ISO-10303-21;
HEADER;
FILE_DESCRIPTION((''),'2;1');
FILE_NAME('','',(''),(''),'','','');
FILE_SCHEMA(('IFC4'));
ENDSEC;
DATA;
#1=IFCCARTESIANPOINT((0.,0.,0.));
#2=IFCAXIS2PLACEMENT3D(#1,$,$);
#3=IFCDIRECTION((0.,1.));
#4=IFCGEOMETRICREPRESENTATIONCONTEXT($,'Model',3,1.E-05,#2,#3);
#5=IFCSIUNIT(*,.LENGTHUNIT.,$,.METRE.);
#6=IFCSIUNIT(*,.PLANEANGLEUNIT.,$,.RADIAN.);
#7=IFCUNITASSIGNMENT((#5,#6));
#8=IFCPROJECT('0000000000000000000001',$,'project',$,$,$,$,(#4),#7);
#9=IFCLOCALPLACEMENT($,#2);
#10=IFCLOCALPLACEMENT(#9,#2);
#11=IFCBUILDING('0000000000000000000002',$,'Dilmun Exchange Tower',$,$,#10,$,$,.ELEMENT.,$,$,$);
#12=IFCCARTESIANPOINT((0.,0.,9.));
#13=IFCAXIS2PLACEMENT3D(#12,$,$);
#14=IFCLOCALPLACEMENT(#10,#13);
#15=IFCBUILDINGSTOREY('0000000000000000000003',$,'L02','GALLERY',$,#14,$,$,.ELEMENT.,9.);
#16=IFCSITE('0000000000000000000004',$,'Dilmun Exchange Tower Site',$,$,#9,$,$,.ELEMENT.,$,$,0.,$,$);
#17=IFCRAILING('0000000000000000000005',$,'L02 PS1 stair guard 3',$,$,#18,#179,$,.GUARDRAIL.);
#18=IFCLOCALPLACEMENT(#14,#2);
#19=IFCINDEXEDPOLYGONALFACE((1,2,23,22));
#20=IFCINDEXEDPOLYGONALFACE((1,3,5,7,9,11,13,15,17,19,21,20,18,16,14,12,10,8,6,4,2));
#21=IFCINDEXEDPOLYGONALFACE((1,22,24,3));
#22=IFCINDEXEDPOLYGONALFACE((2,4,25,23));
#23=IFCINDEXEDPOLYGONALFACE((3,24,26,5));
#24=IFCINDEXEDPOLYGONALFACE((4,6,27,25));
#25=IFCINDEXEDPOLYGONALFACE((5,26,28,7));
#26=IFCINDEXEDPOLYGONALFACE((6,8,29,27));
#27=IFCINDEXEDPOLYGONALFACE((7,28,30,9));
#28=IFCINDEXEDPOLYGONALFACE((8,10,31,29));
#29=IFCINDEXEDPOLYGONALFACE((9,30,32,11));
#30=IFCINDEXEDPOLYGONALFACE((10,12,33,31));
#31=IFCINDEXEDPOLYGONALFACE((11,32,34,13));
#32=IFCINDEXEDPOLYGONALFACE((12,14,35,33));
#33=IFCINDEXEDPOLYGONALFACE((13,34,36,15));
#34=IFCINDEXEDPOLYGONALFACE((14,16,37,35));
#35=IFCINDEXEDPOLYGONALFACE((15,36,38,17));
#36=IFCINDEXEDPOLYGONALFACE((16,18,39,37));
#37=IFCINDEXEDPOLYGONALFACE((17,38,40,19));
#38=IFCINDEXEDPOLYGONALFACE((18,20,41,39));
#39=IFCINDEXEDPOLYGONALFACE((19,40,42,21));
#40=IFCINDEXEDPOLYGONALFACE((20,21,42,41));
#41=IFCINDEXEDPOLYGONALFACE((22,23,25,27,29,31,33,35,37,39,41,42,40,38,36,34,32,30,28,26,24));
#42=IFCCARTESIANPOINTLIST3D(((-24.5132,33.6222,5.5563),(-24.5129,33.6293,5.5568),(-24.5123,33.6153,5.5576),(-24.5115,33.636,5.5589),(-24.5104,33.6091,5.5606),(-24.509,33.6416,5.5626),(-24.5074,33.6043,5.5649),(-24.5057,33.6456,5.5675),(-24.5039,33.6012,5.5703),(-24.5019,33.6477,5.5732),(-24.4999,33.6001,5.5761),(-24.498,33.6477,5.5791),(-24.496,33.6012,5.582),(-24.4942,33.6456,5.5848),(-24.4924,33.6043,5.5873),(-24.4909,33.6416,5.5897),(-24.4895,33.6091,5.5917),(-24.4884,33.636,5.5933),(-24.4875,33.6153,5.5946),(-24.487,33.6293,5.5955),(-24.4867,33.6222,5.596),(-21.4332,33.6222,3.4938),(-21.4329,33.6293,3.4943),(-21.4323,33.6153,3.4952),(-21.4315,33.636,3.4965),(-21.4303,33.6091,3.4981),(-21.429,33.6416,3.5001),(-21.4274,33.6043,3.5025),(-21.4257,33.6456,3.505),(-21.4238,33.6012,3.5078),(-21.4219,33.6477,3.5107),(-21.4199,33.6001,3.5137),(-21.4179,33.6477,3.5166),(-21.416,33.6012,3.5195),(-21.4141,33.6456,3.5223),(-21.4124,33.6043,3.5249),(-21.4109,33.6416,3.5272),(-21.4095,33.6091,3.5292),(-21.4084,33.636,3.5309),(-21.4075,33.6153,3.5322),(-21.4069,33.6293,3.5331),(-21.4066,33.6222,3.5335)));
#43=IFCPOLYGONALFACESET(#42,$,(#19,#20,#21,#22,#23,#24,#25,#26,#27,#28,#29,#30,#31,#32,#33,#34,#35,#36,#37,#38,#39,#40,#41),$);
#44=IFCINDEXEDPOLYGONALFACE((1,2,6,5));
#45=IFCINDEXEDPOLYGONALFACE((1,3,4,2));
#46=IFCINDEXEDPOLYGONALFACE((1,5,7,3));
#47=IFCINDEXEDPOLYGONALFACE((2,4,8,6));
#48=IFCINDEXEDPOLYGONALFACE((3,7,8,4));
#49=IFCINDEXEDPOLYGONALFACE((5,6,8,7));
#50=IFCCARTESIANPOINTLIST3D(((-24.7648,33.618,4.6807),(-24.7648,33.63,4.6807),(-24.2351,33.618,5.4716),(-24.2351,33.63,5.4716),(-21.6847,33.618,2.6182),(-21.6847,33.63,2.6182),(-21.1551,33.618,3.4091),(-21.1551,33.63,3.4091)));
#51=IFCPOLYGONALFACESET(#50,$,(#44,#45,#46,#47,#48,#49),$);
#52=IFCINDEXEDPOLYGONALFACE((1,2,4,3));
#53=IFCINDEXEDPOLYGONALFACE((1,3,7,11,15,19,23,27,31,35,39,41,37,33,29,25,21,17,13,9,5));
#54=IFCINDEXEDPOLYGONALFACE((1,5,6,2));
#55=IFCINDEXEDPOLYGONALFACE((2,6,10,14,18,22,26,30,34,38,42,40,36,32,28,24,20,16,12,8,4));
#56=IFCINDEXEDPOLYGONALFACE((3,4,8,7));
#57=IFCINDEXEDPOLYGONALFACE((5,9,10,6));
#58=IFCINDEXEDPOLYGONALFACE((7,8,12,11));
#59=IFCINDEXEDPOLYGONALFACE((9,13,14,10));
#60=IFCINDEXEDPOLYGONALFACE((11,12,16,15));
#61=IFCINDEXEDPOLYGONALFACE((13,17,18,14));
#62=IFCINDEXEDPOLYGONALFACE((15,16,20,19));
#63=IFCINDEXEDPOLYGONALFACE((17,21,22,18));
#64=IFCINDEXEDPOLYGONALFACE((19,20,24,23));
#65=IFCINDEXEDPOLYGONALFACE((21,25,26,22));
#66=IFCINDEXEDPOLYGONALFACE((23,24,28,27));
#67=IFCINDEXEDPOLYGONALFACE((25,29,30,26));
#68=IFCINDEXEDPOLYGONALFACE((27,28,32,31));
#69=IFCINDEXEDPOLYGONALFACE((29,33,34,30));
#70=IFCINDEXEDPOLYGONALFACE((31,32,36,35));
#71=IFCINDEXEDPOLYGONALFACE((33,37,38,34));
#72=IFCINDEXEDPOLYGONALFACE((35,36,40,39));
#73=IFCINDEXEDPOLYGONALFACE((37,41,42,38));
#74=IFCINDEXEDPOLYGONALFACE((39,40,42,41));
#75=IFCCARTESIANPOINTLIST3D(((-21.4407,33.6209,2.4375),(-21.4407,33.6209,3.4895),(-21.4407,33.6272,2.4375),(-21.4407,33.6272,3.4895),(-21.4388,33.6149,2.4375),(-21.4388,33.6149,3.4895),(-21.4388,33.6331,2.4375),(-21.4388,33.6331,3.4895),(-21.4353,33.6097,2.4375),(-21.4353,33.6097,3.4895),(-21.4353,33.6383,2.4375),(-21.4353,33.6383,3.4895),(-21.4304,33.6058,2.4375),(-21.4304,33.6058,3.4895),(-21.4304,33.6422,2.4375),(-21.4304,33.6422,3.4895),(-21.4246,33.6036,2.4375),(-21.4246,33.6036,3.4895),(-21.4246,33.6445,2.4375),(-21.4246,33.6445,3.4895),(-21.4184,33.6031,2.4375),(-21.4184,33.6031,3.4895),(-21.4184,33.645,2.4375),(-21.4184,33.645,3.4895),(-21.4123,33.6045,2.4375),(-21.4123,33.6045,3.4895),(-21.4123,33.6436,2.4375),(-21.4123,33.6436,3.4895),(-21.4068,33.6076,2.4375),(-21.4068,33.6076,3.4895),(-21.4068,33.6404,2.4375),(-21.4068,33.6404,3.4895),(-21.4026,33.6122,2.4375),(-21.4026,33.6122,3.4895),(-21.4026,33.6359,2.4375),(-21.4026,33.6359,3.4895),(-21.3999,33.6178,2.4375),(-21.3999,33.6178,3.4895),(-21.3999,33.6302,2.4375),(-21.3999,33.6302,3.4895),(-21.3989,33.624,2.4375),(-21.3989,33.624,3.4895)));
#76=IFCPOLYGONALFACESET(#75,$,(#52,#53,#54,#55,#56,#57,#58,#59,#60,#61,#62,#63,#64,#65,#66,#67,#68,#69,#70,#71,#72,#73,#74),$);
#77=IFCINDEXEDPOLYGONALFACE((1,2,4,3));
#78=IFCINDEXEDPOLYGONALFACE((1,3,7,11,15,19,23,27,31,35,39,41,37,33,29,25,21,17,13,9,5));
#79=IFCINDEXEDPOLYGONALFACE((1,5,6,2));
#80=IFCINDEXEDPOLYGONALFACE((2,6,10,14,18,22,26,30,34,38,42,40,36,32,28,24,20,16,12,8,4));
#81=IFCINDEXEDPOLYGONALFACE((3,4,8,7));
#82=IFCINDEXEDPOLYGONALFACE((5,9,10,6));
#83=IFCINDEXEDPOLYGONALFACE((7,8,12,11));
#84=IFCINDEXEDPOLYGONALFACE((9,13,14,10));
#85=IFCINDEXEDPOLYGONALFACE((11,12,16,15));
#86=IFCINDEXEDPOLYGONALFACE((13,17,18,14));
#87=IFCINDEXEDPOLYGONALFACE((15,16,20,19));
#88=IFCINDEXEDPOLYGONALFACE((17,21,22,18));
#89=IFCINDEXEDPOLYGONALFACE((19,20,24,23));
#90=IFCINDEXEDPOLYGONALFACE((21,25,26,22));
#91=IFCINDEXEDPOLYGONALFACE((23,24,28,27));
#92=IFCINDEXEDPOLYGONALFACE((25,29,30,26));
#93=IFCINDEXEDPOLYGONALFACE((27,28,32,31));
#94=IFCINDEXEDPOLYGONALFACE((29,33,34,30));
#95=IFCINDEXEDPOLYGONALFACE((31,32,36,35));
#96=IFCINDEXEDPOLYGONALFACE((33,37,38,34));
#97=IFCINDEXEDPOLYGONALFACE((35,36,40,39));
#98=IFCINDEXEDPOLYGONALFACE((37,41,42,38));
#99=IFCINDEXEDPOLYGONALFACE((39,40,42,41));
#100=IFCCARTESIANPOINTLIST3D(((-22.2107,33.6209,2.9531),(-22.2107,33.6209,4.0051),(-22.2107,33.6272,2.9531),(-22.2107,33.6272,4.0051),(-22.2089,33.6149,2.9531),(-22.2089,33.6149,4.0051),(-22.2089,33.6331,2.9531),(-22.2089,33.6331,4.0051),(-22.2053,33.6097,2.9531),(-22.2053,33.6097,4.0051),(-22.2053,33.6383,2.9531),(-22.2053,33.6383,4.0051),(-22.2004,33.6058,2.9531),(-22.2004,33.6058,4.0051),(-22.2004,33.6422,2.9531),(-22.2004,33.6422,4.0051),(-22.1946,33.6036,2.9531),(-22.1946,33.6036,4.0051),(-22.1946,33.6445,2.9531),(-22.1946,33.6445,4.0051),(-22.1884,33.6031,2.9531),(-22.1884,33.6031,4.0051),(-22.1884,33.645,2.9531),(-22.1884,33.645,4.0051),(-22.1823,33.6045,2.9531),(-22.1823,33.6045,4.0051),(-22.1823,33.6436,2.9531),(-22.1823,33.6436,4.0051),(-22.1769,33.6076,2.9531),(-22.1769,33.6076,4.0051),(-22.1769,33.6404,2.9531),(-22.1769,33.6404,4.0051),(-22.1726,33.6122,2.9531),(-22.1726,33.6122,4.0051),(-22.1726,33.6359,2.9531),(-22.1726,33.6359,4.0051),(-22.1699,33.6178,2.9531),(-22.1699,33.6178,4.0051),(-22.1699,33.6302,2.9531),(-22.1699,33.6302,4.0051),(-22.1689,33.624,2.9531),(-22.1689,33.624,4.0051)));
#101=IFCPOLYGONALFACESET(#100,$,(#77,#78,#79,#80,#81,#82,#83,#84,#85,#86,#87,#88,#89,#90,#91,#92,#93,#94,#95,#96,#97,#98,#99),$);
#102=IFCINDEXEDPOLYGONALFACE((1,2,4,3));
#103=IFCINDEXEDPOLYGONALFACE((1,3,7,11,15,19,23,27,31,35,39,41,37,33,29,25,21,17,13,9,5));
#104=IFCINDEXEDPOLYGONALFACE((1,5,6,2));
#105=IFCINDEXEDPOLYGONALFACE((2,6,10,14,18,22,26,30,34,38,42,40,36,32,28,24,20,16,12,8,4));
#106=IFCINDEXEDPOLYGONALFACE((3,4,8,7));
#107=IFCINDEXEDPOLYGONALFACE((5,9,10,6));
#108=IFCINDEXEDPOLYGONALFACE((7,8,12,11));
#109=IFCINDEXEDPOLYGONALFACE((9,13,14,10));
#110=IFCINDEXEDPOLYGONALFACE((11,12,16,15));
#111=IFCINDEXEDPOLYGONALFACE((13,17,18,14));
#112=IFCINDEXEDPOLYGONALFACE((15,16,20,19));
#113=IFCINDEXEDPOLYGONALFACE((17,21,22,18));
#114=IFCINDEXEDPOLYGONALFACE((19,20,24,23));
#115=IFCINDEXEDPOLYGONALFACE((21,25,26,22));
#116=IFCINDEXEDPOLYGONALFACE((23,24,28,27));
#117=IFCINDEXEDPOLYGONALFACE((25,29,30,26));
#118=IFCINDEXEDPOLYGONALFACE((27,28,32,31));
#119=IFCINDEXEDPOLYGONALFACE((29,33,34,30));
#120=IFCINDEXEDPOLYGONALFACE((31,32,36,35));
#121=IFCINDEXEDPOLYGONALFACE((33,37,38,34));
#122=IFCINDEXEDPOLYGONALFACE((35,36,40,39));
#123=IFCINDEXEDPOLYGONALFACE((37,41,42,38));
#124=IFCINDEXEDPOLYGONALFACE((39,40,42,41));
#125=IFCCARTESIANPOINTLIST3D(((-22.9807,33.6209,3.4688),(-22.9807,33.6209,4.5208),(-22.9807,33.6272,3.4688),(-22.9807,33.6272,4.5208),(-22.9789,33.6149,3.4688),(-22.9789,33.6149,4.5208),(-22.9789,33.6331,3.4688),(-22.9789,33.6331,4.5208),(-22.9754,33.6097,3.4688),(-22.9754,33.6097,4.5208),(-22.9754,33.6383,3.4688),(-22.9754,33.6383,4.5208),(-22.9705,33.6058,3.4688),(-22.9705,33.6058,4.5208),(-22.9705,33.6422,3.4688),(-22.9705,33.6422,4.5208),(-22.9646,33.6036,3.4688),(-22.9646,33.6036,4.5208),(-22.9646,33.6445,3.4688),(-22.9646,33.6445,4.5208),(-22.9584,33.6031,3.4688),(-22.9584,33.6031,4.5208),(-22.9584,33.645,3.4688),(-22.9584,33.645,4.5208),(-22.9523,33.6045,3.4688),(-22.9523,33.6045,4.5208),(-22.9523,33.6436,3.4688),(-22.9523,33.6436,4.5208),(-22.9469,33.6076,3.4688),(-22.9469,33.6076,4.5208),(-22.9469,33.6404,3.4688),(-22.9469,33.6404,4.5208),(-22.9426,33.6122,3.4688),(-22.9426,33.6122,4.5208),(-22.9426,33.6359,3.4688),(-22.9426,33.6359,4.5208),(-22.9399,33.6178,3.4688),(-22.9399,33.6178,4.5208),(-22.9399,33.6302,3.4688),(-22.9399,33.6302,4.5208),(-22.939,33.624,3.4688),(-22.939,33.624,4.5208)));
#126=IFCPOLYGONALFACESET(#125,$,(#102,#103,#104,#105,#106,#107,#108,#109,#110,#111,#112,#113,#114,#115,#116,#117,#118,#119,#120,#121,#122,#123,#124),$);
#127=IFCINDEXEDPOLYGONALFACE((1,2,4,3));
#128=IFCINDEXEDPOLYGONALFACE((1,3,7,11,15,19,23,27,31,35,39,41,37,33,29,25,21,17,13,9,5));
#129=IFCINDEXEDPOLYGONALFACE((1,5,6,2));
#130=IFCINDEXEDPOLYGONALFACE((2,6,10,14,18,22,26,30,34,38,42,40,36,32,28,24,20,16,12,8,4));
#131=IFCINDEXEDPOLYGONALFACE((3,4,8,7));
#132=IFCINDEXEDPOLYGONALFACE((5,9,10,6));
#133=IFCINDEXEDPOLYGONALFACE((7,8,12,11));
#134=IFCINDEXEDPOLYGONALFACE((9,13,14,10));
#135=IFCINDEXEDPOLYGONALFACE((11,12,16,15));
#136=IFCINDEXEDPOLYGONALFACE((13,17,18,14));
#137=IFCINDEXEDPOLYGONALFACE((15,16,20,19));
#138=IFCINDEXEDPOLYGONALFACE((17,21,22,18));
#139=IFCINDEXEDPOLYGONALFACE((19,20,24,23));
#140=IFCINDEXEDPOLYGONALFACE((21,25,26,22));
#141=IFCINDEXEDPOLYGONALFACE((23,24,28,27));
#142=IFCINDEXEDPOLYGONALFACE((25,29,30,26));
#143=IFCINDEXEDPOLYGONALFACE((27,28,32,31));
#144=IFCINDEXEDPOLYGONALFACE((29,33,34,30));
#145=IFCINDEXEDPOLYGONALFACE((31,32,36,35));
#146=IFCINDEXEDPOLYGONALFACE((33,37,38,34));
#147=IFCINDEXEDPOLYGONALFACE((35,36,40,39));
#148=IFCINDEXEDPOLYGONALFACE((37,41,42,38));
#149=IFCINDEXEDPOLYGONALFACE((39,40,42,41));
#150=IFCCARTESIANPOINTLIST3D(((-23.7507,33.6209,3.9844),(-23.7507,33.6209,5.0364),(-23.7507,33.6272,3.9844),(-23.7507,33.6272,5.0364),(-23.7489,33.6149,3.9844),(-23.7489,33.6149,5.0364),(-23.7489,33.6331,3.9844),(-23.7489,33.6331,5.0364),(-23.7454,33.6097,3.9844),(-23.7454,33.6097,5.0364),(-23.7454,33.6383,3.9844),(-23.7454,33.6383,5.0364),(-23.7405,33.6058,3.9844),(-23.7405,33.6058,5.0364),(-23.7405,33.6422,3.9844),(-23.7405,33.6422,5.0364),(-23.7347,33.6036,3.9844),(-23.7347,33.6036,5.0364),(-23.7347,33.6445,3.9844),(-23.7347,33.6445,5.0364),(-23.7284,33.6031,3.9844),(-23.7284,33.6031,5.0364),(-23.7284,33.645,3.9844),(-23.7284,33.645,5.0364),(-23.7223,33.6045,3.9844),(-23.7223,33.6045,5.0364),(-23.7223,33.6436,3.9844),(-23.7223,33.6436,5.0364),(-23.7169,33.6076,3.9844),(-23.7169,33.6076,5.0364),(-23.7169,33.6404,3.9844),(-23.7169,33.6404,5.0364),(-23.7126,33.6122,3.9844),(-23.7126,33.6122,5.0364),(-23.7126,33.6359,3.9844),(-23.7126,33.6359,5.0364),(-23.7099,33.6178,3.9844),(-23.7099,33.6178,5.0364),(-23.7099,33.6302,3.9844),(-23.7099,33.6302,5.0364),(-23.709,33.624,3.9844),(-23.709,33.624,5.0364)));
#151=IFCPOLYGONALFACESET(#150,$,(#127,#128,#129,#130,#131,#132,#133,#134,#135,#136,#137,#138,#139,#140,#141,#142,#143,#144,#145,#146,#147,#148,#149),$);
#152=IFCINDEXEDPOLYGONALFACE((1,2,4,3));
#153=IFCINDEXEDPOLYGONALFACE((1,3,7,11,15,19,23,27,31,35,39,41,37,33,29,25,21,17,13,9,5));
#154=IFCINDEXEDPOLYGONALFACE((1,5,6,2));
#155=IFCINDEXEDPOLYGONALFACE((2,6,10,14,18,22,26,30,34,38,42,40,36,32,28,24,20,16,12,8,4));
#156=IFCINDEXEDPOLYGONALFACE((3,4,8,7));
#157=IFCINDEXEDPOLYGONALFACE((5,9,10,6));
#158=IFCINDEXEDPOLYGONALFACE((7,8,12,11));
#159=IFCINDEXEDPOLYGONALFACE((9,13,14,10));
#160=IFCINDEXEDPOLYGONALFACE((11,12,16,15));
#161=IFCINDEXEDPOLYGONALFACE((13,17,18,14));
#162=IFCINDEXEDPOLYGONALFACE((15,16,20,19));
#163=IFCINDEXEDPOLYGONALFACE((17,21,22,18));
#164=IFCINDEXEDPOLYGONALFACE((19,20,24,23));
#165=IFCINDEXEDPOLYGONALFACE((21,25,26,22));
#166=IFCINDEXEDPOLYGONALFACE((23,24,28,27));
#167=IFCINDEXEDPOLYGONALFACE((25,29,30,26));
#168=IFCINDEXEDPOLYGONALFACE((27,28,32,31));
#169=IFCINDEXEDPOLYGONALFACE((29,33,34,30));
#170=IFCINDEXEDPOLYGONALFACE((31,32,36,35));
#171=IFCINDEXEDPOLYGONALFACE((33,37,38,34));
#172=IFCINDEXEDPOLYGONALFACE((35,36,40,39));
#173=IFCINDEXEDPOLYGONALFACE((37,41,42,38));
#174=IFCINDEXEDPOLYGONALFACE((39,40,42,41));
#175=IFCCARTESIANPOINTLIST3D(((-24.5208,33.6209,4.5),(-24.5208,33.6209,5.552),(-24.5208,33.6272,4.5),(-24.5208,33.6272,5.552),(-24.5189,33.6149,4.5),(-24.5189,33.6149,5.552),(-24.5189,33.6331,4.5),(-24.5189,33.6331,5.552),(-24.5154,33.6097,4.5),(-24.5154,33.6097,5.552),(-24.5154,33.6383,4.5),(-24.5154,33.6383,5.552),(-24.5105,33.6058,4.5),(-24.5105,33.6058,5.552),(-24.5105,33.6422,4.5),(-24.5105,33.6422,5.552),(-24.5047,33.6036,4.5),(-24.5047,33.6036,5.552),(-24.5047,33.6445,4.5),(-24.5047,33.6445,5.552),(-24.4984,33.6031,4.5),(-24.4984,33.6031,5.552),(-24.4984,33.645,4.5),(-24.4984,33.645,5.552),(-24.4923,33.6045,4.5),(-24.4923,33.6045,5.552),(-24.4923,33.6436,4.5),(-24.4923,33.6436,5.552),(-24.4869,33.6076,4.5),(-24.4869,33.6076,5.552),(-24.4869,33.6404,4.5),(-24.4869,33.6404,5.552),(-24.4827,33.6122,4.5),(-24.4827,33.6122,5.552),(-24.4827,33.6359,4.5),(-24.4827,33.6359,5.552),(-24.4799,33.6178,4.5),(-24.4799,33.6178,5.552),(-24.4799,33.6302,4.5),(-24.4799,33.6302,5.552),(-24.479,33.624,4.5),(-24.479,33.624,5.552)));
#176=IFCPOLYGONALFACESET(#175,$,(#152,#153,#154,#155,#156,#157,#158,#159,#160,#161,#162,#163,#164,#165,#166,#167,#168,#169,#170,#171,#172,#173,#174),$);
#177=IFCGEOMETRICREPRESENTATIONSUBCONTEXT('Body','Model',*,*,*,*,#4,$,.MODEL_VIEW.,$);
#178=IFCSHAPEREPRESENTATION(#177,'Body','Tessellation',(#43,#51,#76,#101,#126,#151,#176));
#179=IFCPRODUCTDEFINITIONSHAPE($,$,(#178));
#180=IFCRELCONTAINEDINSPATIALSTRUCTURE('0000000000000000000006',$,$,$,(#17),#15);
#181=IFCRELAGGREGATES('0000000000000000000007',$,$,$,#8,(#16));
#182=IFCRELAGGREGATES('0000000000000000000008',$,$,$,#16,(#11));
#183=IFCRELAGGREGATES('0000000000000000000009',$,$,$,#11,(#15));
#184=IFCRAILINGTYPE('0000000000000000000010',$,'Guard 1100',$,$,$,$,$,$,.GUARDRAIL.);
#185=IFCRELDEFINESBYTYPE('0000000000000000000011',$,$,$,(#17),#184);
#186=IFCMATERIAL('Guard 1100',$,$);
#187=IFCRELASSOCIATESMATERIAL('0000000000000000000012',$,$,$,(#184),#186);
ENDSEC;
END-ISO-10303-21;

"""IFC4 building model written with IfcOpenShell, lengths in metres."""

from ifc_helpers import new_model, si_unit, direction, frame, origin, origin_2d, place, context, subcontext, project, spatial, rectangle, circle, extrude, material, type_object, element, save


model = new_model("IFC4")

# Units and contexts
model_context = context("Model", 3, precision=1e-05, world=origin(), true_north=direction((0.0, 1.0)))
body_context = subcontext(model_context, "Body", "Model", "MODEL_VIEW")
ifc_project = project(units=[si_unit("LENGTHUNIT", "METRE"), si_unit("PLANEANGLEUNIT", "RADIAN")], contexts=[model_context])

# Site, building, storey
site_placement = place(None, origin())
site = spatial("IfcSite", under=ifc_project, at=site_placement, Name="Dilmun Exchange Tower Site", CompositionType="ELEMENT", RefElevation=0.0)
building_placement = place(site_placement, origin())
building = spatial("IfcBuilding", under=site, at=building_placement, Name="Dilmun Exchange Tower", CompositionType="ELEMENT")
storey_placement = place(building_placement, frame((0.0, 0.0, 9.0)))
storey = spatial("IfcBuildingStorey", under=building, at=storey_placement, Name="L02", Description="GALLERY", CompositionType="ELEMENT", Elevation=9.0)

# Railing
ifc_material_1 = material(Name="Guard 1100")
railing_type_1 = type_object("IfcRailingType", Name="Guard 1100", PredefinedType="GUARDRAIL", material=ifc_material_1)
railing_1_placement = place(storey_placement, frame((-21.4199, 33.624, 2.4375)))
element("IfcRailing", 1, at=railing_1_placement, inside=storey, type_object=railing_type_1, Name="L02 PS1 stair guard 3", PredefinedType="GUARDRAIL", context=body_context, shape_type="SweptSolid", body=[
    extrude(circle(Radius=0.0239, at=origin_2d()), frame((0.0, 0.0, 1.0762), z_axis=(-0.830914, 0.0, 0.556401), x_axis=(0.0, -1.0, 0.0)), (0.0, 0.0, 1.0), 3.7068),
    extrude(rectangle(XDim=0.012, YDim=0.9519, at=origin_2d()), frame((0.0, 0.0, 0.5762), z_axis=(-0.830914, 0.0, 0.556401), x_axis=(0.0, -1.0, 0.0)), (0.0, 0.0, 1.0), 3.7068),
    extrude(circle(Radius=0.021, at=origin_2d()), origin(), (0.0, 0.0, 1.0), 1.052),
    extrude(circle(Radius=0.021, at=origin_2d()), frame((-0.77, 0.0, 0.5156)), (0.0, 0.0, 1.0), 1.052),
    extrude(circle(Radius=0.021, at=origin_2d()), frame((-1.54, 0.0, 1.0312)), (0.0, 0.0, 1.0), 1.052),
    extrude(circle(Radius=0.021, at=origin_2d()), frame((-2.3101, 0.0, 1.5469)), (0.0, 0.0, 1.0), 1.052),
    extrude(circle(Radius=0.021, at=origin_2d()), frame((-3.0801, 0.0, 2.0625)), (0.0, 0.0, 1.0), 1.052),
])

save(model, "model.ifc")
